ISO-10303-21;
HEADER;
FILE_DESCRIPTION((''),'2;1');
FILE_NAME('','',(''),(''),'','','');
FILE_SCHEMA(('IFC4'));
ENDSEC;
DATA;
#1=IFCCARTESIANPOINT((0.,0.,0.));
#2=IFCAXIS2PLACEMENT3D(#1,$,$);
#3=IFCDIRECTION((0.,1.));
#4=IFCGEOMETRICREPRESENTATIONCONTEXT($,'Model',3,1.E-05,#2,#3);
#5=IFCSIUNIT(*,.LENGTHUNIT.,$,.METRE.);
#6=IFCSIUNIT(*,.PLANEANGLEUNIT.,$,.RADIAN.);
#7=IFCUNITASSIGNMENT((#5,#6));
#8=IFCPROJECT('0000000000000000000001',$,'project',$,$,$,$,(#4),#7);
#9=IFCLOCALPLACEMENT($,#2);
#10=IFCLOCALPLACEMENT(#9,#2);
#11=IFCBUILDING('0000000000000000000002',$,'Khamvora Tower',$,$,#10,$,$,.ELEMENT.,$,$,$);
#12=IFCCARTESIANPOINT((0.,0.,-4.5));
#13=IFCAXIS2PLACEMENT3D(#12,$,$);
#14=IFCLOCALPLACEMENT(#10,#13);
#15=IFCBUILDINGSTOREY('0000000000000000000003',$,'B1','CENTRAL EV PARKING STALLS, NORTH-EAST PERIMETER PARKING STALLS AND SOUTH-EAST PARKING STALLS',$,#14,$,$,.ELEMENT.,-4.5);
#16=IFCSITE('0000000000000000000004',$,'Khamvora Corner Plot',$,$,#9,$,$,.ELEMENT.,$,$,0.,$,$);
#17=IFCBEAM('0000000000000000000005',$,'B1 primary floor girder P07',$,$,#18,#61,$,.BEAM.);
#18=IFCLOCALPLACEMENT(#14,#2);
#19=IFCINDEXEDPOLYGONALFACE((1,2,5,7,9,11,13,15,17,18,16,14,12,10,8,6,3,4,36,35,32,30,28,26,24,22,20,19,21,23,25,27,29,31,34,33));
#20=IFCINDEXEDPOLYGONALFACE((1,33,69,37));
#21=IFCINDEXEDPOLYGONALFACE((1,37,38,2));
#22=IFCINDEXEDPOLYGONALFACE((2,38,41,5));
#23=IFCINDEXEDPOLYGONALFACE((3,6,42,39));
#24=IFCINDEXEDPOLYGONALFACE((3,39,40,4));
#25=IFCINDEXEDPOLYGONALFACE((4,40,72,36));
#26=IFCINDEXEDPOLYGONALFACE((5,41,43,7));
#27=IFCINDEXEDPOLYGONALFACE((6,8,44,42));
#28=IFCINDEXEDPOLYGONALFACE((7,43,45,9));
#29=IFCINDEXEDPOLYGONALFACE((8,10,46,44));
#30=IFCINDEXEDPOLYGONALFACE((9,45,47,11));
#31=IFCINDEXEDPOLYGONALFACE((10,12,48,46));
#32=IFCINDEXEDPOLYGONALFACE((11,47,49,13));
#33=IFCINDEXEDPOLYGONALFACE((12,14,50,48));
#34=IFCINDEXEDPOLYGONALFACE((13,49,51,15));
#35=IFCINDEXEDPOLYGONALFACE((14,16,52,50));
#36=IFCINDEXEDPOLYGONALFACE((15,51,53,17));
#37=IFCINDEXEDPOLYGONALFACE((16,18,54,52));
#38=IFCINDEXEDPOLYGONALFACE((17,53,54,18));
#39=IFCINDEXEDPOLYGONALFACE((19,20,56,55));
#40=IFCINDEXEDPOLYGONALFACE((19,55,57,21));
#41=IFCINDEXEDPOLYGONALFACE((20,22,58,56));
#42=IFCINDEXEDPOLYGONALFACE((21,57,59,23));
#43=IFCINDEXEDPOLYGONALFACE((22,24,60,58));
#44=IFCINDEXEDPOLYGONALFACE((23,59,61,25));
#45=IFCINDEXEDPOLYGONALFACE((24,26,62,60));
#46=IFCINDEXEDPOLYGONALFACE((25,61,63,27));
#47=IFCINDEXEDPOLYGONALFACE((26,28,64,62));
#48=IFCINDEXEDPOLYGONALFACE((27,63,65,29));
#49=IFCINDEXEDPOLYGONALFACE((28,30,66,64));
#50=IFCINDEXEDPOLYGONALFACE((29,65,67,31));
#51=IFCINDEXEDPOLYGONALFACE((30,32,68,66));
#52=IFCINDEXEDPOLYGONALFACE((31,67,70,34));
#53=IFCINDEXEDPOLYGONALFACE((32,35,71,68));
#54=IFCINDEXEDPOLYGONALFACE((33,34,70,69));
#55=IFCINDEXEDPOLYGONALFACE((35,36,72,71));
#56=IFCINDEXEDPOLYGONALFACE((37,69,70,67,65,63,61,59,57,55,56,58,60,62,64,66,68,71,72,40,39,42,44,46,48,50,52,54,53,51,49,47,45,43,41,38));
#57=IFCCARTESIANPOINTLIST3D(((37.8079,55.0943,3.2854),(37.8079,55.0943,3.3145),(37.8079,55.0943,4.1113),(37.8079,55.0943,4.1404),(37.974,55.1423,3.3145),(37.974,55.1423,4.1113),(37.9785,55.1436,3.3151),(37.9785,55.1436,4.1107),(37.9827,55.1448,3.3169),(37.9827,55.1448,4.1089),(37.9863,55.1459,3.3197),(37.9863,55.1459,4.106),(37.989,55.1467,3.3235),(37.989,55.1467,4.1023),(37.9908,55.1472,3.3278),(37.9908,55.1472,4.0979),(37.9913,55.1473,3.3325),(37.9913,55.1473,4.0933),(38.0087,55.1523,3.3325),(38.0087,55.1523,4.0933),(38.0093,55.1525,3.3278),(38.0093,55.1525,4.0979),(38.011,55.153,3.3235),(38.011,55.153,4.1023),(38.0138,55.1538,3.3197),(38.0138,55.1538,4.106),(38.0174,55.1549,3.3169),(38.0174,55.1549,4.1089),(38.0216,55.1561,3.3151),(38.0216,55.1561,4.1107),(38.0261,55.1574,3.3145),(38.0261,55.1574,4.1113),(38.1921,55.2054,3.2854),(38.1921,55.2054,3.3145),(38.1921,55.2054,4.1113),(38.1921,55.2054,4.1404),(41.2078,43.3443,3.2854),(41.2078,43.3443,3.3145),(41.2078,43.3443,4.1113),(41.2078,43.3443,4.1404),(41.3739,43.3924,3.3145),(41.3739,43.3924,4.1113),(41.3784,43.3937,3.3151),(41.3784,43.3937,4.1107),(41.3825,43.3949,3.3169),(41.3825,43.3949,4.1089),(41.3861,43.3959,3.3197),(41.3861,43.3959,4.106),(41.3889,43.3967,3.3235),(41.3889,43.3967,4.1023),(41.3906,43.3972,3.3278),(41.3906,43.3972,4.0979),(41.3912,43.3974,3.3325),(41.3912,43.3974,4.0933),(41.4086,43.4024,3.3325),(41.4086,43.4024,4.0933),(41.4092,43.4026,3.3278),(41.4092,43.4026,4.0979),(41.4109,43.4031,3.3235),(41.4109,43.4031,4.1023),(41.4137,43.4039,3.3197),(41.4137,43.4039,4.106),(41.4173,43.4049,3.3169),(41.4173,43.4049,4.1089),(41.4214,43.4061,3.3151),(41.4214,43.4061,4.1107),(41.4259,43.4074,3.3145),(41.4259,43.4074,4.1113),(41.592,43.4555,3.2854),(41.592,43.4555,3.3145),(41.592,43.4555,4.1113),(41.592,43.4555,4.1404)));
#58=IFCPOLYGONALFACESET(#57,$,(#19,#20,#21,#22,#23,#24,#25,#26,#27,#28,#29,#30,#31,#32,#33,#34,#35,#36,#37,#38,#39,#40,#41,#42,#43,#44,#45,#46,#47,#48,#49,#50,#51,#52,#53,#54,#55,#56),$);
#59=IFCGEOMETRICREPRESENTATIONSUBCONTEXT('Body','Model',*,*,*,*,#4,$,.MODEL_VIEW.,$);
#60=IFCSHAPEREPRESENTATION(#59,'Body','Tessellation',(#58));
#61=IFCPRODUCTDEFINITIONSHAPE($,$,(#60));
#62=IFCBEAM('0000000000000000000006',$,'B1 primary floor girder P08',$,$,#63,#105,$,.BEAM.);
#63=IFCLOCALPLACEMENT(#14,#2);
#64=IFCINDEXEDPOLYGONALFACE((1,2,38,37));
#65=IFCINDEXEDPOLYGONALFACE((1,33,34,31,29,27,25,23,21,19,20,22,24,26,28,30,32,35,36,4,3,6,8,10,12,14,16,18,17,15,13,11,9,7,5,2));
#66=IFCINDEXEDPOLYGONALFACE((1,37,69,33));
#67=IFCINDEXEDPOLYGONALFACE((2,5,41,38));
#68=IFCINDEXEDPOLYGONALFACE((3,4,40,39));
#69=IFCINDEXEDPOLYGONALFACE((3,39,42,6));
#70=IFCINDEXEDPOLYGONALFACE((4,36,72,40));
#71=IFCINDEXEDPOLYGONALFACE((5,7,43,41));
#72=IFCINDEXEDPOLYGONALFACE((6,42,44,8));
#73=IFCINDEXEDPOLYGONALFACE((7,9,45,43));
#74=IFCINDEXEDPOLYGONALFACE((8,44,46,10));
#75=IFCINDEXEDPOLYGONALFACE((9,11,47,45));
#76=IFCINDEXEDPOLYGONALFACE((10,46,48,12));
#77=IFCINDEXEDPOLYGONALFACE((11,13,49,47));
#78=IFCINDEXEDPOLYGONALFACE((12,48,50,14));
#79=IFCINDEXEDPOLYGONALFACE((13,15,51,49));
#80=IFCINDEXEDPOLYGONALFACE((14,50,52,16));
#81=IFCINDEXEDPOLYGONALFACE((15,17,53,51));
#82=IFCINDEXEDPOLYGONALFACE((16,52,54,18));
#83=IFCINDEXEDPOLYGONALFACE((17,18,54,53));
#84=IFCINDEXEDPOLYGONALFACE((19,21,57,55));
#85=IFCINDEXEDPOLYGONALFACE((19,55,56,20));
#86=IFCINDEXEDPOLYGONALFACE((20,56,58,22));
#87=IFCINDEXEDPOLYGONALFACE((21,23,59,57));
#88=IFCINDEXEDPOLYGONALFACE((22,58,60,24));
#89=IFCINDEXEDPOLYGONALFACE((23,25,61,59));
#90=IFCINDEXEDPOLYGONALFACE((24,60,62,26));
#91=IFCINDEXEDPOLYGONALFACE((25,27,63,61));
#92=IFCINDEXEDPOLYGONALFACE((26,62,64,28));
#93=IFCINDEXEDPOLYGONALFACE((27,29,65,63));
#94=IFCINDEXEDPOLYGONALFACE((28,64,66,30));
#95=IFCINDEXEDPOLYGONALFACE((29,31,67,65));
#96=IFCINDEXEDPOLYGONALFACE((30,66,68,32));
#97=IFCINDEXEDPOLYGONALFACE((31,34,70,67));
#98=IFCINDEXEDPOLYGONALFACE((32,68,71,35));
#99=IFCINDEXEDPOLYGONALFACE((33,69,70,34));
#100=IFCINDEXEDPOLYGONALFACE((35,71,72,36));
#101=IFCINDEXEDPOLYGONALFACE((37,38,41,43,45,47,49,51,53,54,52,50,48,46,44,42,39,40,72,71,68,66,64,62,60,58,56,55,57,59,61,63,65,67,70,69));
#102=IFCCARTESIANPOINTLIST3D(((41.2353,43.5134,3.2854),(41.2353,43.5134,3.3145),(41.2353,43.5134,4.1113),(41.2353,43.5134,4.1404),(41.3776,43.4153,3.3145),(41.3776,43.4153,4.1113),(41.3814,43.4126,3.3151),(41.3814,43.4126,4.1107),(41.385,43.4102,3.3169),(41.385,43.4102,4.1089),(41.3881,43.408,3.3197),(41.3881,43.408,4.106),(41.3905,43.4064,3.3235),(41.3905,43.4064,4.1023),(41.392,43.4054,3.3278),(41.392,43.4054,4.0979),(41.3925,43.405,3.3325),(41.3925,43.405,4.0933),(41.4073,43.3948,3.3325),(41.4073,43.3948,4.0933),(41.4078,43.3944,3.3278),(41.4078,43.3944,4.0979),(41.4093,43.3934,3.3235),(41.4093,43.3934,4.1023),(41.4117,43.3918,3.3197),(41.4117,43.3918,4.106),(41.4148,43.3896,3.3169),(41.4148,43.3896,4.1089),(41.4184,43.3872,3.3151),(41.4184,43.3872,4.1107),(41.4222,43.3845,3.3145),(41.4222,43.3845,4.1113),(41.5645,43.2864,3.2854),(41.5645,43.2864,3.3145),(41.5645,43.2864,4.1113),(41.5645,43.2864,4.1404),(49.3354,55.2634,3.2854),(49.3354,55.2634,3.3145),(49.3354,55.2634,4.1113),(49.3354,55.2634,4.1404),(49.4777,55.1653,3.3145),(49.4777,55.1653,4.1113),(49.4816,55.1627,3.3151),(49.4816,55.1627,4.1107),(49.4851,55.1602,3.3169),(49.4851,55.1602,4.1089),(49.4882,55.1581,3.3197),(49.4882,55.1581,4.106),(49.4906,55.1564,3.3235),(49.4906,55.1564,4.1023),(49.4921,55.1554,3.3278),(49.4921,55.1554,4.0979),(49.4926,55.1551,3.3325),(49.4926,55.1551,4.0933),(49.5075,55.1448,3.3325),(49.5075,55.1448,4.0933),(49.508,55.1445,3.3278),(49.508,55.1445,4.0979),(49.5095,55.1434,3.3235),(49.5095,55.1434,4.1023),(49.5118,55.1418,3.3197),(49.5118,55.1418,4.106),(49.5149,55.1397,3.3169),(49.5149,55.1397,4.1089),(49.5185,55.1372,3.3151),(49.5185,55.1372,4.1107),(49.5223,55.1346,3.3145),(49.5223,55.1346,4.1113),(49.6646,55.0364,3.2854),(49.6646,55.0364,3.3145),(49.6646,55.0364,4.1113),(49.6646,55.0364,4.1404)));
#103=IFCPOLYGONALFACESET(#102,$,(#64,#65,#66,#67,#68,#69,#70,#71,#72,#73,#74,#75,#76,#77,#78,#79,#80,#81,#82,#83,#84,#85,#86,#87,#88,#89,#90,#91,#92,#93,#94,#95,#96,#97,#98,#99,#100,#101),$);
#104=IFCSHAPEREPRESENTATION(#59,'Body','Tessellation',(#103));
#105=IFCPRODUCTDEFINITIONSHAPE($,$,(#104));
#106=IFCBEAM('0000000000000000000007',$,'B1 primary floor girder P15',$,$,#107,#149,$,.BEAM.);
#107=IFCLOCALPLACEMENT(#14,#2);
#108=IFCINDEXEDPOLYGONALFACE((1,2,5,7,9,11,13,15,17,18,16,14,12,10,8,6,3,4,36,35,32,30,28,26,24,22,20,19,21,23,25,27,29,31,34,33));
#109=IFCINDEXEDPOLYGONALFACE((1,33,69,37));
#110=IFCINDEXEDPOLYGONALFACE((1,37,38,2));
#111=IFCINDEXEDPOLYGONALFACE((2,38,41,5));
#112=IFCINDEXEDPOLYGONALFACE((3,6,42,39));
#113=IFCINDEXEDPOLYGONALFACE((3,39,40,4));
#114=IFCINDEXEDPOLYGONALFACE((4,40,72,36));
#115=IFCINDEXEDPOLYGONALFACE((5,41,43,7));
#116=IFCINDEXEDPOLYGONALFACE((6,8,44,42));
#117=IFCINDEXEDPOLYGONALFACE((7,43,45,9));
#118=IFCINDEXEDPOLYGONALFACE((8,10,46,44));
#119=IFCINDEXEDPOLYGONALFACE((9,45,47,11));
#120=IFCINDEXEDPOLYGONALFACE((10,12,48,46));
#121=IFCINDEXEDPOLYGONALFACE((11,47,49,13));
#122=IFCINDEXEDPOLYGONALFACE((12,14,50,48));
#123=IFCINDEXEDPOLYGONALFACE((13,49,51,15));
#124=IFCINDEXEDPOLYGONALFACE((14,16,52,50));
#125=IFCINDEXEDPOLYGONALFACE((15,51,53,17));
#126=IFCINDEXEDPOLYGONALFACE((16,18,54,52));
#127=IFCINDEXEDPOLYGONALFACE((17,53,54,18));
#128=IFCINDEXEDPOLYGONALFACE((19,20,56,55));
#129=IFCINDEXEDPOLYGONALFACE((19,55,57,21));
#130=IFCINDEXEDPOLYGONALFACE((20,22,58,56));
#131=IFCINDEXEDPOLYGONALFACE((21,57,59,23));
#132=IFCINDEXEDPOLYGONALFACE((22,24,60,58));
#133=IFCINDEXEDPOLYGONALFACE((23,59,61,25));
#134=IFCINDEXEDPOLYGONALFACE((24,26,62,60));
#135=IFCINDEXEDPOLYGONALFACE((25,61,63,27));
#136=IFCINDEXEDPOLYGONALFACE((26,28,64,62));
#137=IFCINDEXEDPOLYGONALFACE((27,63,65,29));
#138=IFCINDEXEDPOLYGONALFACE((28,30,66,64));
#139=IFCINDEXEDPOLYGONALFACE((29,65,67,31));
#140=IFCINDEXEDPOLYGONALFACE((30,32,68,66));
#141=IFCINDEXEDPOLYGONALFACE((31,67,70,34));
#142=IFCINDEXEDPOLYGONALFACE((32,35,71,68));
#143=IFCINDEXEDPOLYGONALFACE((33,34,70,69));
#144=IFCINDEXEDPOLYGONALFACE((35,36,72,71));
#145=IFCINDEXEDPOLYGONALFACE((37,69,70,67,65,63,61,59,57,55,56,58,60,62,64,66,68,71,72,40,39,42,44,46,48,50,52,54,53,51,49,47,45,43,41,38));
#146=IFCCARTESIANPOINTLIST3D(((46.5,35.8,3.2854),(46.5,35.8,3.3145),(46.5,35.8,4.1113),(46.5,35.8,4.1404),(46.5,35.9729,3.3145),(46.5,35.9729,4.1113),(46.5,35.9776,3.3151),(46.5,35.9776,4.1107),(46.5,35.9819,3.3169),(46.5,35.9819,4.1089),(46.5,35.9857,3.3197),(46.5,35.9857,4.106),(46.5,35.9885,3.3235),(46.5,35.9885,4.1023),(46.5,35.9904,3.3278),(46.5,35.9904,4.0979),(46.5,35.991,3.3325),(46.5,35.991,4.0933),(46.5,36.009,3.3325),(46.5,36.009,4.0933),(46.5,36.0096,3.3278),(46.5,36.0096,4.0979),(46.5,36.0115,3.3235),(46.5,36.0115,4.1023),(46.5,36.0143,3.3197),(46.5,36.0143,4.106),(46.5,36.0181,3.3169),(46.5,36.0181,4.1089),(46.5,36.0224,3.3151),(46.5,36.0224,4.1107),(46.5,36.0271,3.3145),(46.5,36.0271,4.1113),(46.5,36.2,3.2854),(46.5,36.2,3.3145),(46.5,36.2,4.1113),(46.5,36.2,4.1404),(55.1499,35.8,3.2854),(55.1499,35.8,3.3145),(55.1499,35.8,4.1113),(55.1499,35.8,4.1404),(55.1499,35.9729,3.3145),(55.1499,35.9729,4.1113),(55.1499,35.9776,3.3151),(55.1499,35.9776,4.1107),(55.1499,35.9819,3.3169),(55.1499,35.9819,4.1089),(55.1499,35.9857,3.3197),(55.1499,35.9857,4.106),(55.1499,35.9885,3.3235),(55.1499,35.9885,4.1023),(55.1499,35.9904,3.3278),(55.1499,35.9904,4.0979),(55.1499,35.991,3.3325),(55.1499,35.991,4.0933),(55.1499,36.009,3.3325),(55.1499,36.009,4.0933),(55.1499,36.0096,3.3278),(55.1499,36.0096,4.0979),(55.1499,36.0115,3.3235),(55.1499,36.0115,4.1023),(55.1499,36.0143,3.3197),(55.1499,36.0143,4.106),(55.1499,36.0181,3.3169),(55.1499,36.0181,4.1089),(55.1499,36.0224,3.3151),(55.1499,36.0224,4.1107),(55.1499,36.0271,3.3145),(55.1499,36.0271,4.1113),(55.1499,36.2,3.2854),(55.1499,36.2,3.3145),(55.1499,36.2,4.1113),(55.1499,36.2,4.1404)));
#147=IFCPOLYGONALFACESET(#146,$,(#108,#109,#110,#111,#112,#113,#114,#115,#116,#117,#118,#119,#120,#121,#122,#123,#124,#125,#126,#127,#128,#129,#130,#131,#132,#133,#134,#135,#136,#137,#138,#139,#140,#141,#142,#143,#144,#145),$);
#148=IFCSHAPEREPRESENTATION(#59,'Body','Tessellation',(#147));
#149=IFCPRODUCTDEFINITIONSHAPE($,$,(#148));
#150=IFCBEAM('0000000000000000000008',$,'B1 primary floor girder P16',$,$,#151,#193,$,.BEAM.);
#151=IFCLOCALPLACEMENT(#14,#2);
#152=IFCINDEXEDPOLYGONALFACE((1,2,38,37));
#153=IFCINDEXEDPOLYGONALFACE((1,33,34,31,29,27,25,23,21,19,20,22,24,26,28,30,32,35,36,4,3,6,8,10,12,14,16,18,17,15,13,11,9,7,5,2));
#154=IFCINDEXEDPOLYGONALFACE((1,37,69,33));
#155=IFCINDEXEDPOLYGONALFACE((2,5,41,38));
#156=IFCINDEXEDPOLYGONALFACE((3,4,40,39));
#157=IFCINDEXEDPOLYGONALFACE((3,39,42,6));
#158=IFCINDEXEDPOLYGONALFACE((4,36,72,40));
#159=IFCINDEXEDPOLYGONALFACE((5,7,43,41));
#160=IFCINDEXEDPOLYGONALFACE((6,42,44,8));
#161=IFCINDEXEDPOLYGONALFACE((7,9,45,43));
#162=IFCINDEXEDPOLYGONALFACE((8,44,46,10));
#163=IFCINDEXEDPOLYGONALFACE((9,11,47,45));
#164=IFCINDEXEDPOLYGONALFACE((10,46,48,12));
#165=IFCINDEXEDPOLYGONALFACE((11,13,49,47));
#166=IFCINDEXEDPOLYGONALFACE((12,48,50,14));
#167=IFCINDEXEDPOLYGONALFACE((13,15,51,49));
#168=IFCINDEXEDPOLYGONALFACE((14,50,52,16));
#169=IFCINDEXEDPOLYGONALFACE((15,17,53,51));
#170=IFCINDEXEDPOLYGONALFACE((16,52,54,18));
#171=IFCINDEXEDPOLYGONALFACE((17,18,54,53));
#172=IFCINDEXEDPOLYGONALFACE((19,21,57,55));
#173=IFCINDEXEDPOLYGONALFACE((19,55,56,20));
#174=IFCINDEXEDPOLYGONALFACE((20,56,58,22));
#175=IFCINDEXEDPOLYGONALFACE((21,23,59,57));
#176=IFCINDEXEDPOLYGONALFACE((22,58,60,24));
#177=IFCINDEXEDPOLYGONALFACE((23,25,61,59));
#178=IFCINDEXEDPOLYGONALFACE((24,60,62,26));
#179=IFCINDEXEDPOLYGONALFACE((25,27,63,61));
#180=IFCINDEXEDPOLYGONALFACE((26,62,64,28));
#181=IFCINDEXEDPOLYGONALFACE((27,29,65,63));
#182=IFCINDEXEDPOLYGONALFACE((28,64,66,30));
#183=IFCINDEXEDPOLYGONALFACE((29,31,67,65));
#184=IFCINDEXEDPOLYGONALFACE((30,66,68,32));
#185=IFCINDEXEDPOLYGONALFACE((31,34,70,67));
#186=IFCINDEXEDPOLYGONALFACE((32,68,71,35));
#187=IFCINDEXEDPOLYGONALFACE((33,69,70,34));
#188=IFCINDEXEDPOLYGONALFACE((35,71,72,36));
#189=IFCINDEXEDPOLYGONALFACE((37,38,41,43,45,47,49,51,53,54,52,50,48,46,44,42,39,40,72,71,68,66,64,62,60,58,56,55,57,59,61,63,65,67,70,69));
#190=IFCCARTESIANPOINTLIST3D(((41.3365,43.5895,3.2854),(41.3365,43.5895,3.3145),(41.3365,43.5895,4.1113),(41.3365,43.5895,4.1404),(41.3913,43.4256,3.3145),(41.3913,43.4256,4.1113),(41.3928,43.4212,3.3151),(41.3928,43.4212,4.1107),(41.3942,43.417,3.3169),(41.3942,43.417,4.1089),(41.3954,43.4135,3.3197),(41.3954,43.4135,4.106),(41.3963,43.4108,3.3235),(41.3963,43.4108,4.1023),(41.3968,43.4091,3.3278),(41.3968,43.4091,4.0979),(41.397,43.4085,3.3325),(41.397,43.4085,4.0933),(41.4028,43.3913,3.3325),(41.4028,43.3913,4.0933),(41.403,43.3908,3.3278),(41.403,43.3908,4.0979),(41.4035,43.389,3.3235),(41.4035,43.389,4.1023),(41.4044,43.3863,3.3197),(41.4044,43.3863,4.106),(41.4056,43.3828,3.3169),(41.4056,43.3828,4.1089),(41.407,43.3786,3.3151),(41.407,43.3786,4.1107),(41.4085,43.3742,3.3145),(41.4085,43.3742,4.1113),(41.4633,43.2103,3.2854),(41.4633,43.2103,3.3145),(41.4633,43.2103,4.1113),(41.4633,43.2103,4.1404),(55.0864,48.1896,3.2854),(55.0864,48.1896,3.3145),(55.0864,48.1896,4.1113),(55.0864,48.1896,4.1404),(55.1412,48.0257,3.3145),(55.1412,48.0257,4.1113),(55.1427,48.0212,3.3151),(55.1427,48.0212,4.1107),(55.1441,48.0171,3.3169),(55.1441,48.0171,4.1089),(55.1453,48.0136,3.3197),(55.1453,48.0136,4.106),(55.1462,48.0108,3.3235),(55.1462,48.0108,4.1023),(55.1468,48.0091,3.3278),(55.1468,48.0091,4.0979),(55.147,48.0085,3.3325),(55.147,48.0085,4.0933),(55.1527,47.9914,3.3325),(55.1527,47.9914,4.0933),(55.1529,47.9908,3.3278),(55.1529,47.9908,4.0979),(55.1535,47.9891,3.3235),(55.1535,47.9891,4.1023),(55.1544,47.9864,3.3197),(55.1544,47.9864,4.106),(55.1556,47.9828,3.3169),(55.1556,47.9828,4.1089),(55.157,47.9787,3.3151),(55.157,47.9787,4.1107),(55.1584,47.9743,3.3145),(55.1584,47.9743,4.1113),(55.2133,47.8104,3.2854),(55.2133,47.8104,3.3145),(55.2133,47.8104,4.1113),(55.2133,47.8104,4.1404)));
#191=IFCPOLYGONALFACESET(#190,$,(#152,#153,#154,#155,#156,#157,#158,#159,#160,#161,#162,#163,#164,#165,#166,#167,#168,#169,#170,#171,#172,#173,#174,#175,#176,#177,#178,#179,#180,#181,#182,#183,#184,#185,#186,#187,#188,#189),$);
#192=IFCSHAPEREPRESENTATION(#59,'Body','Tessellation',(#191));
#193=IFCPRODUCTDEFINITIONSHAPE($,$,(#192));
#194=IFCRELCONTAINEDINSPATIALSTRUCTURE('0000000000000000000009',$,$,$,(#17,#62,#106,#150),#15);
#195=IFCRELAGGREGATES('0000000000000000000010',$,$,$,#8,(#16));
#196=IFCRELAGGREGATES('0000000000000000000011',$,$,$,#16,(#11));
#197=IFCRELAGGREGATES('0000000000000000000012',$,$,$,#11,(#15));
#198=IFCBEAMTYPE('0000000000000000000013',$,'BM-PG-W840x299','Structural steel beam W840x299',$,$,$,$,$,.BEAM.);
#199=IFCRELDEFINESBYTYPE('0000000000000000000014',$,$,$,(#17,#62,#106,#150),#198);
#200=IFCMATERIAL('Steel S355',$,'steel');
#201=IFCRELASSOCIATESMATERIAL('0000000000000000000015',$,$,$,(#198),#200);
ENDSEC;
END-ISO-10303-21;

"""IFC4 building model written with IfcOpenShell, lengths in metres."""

from ifc_helpers import new_model, si_unit, direction, frame, origin, origin_2d, place, context, subcontext, project, spatial, i_section, extrude, material, material_profile, profile_set, type_object, element, save


model = new_model("IFC4")

# Units and contexts
model_context = context("Model", 3, precision=1e-05, world=origin(), true_north=direction((0.0, 1.0)))
body_context = subcontext(model_context, "Body", "Model", "MODEL_VIEW")
ifc_project = project(units=[si_unit("LENGTHUNIT", "METRE"), si_unit("PLANEANGLEUNIT", "RADIAN")], contexts=[model_context])

# Site, building, storey
site_placement = place(None, origin())
site = spatial("IfcSite", under=ifc_project, at=site_placement, Name="Khamvora Corner Plot", CompositionType="ELEMENT", RefElevation=0.0)
building_placement = place(site_placement, origin())
building = spatial("IfcBuilding", under=site, at=building_placement, Name="Khamvora Tower", CompositionType="ELEMENT")
storey_placement = place(building_placement, frame((0.0, 0.0, -4.5)))
storey = spatial("IfcBuildingStorey", under=building, at=storey_placement, Name="B1", Description="CENTRAL EV PARKING STALLS, NORTH-EAST PERIMETER PARKING STALLS AND SOUTH-EAST PARKING STALLS", CompositionType="ELEMENT", Elevation=-4.5)

# Beams
ifc_material_1 = material(Name="Steel S355", Category="steel")
ifc_material_profile_1 = material_profile(ifc_material_1, i_section(OverallWidth=0.3999, OverallDepth=0.855, WebThickness=0.0181, FlangeThickness=0.0291, FilletRadius=0.0181, at=origin_2d()), Name="W840x299")
ifc_profile_set_1 = profile_set([ifc_material_profile_1], Name="Steel S355")
beam_type_1 = type_object("IfcBeamType", Name="BM-PG-W840x299", Description="Structural steel beam W840x299", PredefinedType="BEAM", material=ifc_profile_set_1)
beam_1_placement = place(storey_placement, frame((41.3999, 43.3999, 3.7129), z_axis=(-0.277951, 0.960595, 0.0), x_axis=(-0.960595, -0.277951, 0.0)))
element("IfcBeam", 1, at=beam_1_placement, inside=storey, type_object=beam_type_1, Name="B1 primary floor girder P07", PredefinedType="BEAM", context=body_context, shape_type="SweptSolid", body=[
    extrude(i_section(OverallWidth=0.3999, OverallDepth=0.855, WebThickness=0.0181, FlangeThickness=0.0291, FilletRadius=0.0181, at=origin_2d()), origin(), (0.0, 0.0, 1.0), 12.2319),
])
beam_2_placement = place(storey_placement, frame((41.3999, 43.3999, 3.7129), z_axis=(0.567574, 0.823322, 0.0), x_axis=(-0.823322, 0.567574, 0.0)))
element("IfcBeam", 2, at=beam_2_placement, inside=storey, type_object=beam_type_1, Name="B1 primary floor girder P08", PredefinedType="BEAM", context=body_context, shape_type="SweptSolid", body=[
    extrude(i_section(OverallWidth=0.3999, OverallDepth=0.855, WebThickness=0.0181, FlangeThickness=0.0291, FilletRadius=0.0181, at=origin_2d()), origin(), (0.0, 0.0, 1.0), 14.2715),
])
beam_3_placement = place(storey_placement, frame((46.5, 36.0, 3.7129), z_axis=(1.0, 0.0, 0.0), x_axis=(0.0, 1.0, 0.0)))
element("IfcBeam", 3, at=beam_3_placement, inside=storey, type_object=beam_type_1, Name="B1 primary floor girder P15", PredefinedType="BEAM", context=body_context, shape_type="SweptSolid", body=[
    extrude(i_section(OverallWidth=0.3999, OverallDepth=0.855, WebThickness=0.0181, FlangeThickness=0.0291, FilletRadius=0.0181, at=origin_2d()), origin(), (0.0, 0.0, 1.0), 8.6499),
])
beam_4_placement = place(storey_placement, frame((41.3999, 43.3999, 3.7129), z_axis=(0.948336, 0.317268, 0.0), x_axis=(-0.317268, 0.948336, 0.0)))
element("IfcBeam", 4, at=beam_4_placement, inside=storey, type_object=beam_type_1, Name="B1 primary floor girder P16", PredefinedType="BEAM", context=body_context, shape_type="SweptSolid", body=[
    extrude(i_section(OverallWidth=0.3999, OverallDepth=0.855, WebThickness=0.0181, FlangeThickness=0.0291, FilletRadius=0.0181, at=origin_2d()), origin(), (0.0, 0.0, 1.0), 14.499),
])

save(model, "model.ifc")
